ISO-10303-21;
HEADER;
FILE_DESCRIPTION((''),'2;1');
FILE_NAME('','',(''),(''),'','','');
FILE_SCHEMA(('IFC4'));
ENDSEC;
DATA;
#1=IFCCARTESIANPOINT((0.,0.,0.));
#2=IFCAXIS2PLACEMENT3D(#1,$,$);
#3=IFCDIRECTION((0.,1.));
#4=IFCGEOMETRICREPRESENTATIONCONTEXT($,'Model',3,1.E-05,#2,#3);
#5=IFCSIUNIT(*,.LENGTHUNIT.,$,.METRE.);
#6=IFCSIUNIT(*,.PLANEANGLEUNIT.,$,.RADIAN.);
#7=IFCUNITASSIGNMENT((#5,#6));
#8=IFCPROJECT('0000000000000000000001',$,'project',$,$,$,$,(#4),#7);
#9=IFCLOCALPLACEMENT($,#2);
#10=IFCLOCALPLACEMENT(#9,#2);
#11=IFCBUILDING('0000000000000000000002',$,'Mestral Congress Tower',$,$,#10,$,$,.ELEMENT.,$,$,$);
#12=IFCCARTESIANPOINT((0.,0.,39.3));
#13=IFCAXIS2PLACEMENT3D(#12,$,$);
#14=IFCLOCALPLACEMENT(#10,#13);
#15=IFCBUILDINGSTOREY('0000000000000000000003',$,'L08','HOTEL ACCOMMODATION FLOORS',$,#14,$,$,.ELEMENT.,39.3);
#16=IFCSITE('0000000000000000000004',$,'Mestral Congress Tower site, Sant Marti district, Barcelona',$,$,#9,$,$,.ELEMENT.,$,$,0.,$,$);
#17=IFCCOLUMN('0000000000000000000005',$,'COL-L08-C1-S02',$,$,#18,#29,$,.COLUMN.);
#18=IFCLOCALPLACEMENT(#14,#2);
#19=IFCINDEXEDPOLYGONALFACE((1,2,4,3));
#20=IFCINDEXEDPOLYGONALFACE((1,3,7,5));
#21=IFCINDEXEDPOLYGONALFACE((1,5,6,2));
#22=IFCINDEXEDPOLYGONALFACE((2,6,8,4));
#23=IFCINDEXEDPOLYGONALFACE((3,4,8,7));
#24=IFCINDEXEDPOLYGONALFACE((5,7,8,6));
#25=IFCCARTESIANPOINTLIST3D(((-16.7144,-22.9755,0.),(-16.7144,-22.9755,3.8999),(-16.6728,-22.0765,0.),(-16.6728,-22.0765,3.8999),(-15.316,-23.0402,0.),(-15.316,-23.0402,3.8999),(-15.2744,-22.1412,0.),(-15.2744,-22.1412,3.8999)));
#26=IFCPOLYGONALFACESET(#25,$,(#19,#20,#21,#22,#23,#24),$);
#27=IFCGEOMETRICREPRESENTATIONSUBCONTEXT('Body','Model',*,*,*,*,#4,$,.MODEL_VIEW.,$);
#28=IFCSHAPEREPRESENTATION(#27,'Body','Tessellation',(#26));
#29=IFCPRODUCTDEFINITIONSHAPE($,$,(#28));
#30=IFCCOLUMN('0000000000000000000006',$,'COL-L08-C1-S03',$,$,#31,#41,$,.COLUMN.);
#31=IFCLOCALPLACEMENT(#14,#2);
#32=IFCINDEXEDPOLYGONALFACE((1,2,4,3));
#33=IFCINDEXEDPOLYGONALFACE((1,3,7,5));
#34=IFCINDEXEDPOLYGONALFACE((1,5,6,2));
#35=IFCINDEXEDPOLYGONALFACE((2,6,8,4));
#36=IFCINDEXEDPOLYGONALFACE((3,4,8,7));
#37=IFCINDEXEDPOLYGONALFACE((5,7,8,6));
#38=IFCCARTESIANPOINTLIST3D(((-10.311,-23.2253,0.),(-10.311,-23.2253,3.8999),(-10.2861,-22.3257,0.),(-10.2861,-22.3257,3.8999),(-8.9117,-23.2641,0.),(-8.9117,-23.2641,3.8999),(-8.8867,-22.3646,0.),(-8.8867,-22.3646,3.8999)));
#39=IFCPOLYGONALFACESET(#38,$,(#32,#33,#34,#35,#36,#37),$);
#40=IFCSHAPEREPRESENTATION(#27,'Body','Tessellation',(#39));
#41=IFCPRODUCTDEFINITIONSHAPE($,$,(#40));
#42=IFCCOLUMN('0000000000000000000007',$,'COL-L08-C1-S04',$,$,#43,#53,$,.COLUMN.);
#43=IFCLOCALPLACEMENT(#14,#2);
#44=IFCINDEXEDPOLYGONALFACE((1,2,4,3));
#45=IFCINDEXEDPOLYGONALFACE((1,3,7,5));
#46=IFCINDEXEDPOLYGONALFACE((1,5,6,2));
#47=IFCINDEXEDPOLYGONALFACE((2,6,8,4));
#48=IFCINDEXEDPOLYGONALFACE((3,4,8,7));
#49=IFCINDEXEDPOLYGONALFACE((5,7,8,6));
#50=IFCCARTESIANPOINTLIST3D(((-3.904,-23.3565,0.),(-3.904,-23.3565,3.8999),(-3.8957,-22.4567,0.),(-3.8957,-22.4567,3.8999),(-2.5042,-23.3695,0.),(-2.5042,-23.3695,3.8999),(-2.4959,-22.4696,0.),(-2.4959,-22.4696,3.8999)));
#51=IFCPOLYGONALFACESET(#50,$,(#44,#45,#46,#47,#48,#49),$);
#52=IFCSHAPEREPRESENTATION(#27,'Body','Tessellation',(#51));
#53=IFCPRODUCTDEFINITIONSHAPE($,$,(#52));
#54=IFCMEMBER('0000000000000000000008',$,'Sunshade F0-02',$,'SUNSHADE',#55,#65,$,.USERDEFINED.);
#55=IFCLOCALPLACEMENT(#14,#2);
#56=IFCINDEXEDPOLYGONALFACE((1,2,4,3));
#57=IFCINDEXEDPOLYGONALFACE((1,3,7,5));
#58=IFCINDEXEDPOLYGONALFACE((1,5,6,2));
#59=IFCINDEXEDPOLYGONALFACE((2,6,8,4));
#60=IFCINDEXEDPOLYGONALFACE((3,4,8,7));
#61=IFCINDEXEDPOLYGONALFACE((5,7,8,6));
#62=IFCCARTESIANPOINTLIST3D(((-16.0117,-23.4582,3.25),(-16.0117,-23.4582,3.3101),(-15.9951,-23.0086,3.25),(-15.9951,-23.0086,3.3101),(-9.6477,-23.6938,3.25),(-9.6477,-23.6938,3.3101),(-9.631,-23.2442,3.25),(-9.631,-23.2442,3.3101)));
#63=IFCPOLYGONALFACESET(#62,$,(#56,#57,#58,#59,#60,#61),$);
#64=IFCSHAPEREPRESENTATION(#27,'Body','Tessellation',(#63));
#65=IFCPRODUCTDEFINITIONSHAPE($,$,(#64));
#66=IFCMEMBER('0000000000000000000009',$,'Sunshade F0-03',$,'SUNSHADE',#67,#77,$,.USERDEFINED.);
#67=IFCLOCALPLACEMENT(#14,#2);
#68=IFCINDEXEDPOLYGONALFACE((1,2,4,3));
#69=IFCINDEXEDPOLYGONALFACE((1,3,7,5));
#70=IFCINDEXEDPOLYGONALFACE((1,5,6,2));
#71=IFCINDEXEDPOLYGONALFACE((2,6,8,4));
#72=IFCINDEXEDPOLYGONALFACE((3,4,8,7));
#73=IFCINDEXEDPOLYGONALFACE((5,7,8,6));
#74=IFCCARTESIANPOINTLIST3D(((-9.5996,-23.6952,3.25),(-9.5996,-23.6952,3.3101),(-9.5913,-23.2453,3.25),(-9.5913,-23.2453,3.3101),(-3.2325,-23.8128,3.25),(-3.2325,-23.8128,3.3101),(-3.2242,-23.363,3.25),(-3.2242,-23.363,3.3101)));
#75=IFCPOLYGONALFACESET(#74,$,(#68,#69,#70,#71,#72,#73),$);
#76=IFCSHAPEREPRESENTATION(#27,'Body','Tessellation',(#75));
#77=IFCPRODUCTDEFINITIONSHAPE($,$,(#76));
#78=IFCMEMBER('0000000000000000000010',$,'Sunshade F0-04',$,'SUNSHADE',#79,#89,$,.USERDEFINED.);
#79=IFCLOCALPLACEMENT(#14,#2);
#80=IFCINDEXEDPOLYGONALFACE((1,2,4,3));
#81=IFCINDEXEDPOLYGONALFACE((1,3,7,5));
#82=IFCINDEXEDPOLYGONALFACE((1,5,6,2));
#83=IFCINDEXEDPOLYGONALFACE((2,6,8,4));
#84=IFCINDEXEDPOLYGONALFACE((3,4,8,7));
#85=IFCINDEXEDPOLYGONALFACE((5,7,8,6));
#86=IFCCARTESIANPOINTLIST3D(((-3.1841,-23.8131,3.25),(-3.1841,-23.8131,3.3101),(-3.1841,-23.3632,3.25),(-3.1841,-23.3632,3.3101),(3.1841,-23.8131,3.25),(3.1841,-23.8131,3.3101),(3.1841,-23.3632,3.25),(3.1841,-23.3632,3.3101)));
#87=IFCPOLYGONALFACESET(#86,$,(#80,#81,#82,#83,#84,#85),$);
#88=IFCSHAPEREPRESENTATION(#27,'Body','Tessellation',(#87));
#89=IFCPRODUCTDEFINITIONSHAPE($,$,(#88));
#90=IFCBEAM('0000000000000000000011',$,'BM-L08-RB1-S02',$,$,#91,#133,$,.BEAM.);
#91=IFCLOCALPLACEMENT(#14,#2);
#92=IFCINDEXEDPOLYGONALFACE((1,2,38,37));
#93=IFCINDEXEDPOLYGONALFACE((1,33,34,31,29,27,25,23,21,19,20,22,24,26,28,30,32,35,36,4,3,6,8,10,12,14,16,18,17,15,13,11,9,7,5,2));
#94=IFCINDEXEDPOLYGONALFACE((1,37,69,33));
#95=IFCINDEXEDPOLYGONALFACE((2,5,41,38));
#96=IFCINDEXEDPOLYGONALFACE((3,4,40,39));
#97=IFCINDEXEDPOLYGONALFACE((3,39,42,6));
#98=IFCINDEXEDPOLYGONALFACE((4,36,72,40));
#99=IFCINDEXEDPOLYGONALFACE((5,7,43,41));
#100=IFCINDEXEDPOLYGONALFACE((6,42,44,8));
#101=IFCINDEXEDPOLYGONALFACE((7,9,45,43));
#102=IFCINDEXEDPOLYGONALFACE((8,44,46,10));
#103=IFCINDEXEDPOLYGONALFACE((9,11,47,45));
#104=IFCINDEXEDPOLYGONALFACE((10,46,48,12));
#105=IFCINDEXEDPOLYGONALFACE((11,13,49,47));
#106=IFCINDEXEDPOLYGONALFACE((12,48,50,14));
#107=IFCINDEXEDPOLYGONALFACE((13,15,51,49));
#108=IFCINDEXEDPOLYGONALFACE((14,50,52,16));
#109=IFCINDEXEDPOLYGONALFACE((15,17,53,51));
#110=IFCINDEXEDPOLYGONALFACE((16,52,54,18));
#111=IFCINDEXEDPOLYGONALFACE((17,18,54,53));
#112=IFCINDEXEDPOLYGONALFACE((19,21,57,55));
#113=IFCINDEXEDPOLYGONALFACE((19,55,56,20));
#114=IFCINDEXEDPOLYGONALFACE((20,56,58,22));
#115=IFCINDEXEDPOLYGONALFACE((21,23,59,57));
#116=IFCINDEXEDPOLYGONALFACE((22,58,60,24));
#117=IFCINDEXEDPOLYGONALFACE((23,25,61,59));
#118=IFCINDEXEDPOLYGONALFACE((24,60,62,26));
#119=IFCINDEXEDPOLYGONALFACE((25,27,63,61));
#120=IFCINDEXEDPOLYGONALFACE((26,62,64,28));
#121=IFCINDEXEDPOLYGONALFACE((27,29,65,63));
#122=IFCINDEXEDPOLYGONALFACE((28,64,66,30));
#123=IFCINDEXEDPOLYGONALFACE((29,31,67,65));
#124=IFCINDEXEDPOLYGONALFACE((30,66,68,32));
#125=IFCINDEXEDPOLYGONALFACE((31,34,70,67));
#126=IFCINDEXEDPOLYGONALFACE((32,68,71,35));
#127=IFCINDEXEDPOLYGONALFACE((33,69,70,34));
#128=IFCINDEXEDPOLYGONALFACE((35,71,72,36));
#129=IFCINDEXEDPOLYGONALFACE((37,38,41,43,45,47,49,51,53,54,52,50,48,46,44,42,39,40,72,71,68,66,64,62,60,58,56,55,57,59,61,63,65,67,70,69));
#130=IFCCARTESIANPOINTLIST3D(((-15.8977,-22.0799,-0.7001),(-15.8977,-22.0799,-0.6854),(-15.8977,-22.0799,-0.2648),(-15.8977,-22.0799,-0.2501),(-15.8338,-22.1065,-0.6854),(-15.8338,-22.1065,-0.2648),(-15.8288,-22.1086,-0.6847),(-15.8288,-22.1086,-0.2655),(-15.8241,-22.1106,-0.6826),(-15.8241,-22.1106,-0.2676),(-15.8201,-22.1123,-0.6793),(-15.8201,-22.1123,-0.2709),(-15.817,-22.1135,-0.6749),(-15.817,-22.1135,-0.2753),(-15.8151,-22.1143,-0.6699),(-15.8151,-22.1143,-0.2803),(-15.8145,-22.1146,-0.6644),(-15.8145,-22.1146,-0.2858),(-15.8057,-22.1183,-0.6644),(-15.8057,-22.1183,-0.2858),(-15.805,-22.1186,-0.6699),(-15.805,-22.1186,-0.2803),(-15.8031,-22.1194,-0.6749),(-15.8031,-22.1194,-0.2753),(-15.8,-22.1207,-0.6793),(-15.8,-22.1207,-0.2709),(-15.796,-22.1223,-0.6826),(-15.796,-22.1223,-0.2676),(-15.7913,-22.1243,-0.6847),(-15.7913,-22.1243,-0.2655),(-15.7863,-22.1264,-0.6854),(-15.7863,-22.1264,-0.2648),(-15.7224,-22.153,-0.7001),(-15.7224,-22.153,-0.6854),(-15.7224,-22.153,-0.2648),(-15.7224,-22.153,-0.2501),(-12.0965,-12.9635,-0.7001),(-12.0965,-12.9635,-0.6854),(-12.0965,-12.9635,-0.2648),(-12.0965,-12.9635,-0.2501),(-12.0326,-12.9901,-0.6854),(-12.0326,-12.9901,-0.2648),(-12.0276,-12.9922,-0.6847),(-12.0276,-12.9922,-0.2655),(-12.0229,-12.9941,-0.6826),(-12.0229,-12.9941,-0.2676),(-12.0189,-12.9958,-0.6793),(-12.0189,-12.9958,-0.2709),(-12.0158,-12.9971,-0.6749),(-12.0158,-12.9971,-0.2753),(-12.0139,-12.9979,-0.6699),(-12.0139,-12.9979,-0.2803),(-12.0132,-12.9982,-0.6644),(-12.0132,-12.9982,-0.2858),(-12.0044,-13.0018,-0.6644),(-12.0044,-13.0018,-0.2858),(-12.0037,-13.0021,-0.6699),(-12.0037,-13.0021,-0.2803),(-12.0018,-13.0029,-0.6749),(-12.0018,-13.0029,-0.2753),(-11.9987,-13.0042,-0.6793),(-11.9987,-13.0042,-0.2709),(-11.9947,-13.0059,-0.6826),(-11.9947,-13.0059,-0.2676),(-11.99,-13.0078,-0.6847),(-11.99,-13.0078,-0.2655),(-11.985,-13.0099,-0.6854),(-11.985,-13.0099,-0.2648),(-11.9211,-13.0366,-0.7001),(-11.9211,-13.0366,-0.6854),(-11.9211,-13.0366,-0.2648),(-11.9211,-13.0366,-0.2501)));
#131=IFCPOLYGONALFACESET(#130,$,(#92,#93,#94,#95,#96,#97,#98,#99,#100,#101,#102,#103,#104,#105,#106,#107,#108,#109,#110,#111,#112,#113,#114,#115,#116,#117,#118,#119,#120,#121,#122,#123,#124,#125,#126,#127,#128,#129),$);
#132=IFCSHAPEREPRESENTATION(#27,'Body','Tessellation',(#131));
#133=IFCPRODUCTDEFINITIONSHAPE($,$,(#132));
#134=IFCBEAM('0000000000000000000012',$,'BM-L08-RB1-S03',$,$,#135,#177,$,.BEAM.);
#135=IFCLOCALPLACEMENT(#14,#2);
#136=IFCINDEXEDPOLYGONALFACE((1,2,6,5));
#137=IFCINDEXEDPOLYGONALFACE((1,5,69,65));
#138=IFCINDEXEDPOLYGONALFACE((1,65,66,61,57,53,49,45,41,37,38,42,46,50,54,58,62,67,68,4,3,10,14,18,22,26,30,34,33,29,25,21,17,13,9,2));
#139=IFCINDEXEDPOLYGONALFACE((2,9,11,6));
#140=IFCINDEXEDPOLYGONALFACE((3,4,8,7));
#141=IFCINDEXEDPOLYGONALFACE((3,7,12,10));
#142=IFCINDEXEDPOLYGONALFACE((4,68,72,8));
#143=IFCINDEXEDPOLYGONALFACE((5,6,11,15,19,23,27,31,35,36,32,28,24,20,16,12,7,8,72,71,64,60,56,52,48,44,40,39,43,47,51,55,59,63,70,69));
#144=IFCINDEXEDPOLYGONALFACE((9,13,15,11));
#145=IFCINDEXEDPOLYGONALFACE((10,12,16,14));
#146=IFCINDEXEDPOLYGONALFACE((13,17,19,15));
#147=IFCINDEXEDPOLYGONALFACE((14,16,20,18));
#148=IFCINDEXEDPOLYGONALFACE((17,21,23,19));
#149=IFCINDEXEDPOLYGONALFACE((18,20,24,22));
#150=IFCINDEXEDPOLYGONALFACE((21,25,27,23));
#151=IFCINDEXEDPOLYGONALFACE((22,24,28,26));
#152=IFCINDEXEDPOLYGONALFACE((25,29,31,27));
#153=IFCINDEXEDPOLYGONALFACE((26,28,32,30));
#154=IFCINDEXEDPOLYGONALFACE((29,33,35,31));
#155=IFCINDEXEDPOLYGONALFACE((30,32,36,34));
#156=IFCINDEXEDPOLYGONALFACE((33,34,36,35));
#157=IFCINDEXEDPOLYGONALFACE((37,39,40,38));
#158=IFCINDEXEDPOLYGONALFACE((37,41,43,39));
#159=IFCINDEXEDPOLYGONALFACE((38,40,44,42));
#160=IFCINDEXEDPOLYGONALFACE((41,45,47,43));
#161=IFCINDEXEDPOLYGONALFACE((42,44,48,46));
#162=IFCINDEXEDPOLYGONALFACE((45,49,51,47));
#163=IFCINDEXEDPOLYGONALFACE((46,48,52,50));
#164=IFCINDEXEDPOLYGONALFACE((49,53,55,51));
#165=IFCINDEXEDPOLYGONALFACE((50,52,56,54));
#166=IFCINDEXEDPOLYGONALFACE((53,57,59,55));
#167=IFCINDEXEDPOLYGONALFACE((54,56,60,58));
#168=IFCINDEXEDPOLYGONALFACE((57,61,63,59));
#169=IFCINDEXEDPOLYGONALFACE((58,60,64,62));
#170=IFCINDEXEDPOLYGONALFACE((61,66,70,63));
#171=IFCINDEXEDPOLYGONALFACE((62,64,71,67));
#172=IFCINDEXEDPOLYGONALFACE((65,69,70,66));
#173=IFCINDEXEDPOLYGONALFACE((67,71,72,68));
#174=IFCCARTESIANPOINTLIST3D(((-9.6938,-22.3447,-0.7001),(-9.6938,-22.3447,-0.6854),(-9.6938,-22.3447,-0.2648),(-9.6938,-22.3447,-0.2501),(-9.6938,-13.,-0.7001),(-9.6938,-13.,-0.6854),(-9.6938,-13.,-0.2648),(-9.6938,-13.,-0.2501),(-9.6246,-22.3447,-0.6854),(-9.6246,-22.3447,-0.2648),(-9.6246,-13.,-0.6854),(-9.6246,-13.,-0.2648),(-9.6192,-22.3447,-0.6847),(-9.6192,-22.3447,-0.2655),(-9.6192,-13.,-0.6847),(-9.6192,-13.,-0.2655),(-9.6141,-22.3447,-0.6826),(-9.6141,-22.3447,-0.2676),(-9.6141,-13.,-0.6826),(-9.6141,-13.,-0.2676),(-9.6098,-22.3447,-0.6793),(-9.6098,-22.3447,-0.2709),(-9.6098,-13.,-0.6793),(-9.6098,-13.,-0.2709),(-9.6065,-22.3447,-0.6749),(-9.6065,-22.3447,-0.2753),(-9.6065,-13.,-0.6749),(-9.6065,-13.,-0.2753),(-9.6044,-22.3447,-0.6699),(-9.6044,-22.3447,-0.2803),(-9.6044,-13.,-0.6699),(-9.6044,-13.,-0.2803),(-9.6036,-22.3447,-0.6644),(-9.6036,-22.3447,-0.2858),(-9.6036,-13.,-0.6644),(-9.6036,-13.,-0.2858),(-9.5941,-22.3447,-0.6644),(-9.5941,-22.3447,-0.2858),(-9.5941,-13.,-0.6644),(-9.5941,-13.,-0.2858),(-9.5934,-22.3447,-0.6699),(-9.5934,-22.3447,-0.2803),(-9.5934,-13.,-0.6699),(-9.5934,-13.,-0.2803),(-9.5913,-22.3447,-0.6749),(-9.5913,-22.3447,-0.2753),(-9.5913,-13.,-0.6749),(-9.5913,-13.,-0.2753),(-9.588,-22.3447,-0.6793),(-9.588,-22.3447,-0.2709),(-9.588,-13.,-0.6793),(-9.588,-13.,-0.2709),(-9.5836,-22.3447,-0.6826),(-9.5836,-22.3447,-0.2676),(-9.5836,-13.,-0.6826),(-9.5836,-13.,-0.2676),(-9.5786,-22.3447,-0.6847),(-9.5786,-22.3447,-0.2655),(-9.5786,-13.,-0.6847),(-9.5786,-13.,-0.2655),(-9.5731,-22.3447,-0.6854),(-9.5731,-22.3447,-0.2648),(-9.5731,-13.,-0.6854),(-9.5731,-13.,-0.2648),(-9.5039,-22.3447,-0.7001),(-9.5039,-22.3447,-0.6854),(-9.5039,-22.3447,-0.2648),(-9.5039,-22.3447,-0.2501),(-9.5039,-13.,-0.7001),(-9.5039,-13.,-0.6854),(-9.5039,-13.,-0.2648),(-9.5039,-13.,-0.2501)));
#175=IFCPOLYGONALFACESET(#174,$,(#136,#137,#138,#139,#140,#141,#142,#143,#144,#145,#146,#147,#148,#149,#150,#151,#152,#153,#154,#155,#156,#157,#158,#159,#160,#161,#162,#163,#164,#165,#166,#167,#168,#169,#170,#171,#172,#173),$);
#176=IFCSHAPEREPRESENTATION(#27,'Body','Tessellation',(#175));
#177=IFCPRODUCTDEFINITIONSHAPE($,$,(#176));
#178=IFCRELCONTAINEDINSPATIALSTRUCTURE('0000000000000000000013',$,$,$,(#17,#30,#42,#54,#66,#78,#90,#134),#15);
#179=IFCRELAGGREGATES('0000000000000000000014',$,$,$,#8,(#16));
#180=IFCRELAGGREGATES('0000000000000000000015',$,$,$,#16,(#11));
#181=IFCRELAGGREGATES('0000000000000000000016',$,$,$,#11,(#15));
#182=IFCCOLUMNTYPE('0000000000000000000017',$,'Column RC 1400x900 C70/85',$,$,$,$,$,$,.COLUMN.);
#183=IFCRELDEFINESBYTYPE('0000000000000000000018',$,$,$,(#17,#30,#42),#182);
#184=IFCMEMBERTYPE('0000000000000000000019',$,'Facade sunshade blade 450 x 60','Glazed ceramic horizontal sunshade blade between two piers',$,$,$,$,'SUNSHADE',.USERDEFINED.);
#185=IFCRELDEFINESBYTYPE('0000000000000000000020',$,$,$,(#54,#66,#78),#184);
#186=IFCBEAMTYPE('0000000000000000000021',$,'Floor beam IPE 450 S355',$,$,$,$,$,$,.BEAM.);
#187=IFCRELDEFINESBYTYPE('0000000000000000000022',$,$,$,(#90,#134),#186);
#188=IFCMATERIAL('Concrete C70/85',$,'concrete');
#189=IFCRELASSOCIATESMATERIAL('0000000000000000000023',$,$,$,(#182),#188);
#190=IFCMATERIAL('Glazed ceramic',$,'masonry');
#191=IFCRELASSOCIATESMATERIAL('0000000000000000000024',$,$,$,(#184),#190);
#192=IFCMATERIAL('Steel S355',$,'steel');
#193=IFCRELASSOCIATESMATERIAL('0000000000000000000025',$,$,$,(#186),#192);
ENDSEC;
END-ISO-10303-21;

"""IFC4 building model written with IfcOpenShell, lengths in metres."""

from ifc_helpers import new_model, si_unit, direction, frame, origin, origin_2d, place, context, subcontext, project, spatial, rectangle, i_section, extrude, material, material_profile, profile_set, type_object, element, save


model = new_model("IFC4")

# Units and contexts
model_context = context("Model", 3, precision=1e-05, world=origin(), true_north=direction((0.0, 1.0)))
body_context = subcontext(model_context, "Body", "Model", "MODEL_VIEW")
ifc_project = project(units=[si_unit("LENGTHUNIT", "METRE"), si_unit("PLANEANGLEUNIT", "RADIAN")], contexts=[model_context])

# Site, building, storey
site_placement = place(None, origin())
site = spatial("IfcSite", under=ifc_project, at=site_placement, Name="Mestral Congress Tower site, Sant Marti district, Barcelona", CompositionType="ELEMENT", RefElevation=0.0)
building_placement = place(site_placement, origin())
building = spatial("IfcBuilding", under=site, at=building_placement, Name="Mestral Congress Tower", CompositionType="ELEMENT")
storey_placement = place(building_placement, frame((0.0, 0.0, 39.3)))
storey = spatial("IfcBuildingStorey", under=building, at=storey_placement, Name="L08", Description="HOTEL ACCOMMODATION FLOORS", CompositionType="ELEMENT", Elevation=39.3)

# Columns
ifc_material_1 = material(Name="Concrete C70/85", Category="concrete")
ifc_material_profile_1 = material_profile(ifc_material_1, rectangle(XDim=1.3999, YDim=0.8999, at=origin_2d()), Name="RC 1400x900")
ifc_profile_set_1 = profile_set([ifc_material_profile_1], Name="Concrete C70/85")
column_type = type_object("IfcColumnType", Name="Column RC 1400x900 C70/85", PredefinedType="COLUMN", material=ifc_profile_set_1)
for number, where, z_axis, x_axis, name in (
    (1, (-15.9944, -22.5583, 0.0), (0.0, 0.0, 1.0), (0.998932, -0.0462, 0.0), "COL-L08-C1-S02"),
    (2, (-9.5989, -22.7949, 0.0), (0.0, 0.0, 1.0), (0.999616, -0.027726, 0.0), "COL-L08-C1-S03"),
    (3, (-3.2, -22.9131, 0.0), (0.0, 0.0, 1.0), (0.999957, -0.009243, 0.0), "COL-L08-C1-S04"),
):
    element("IfcColumn", number, at=place(storey_placement, frame(where, z_axis=z_axis, x_axis=x_axis)), inside=storey, type_object=column_type, Name=name, PredefinedType="COLUMN", context=body_context, shape_type="SweptSolid", body=[
        extrude(rectangle(XDim=1.3999, YDim=0.8999, at=origin_2d()), origin(), (0.0, 0.0, 1.0), 3.8999),
    ])

# Members
ifc_material_2 = material(Name="Glazed ceramic", Category="masonry")
ifc_material_profile_2 = material_profile(ifc_material_2, rectangle(XDim=0.45, YDim=0.0601, at=origin_2d()), Name="Ceramic blade 450 x 60")
ifc_profile_set_2 = profile_set([ifc_material_profile_2], Name="Glazed ceramic")
member_type = type_object("IfcMemberType", Name="Facade sunshade blade 450 x 60", Description="Glazed ceramic horizontal sunshade blade between two piers", ElementType="SUNSHADE", PredefinedType="USERDEFINED", material=ifc_profile_set_2)
member_placement = place(storey_placement, frame((-16.0034, -23.2334, 3.28), z_axis=(0.999315, -0.036995, 0.0), x_axis=(0.036995, 0.999315, 0.0)))
element("IfcMember", 4, at=member_placement, inside=storey, type_object=member_type, Name="Sunshade F0-02", ObjectType="SUNSHADE", PredefinedType="USERDEFINED", context=body_context, shape_type="SweptSolid", body=[
    extrude(rectangle(XDim=0.45, YDim=0.0601, at=origin_2d()), origin(), (0.0, 0.0, 1.0), 6.3684),
])
for number, where, z_axis, x_axis, name in (
    (5, (-9.5955, -23.4702, 3.28), (0.999829, -0.018478, 0.0), (0.018478, 0.999829, 0.0), "Sunshade F0-03"),
    (6, (-3.1841, -23.5881, 3.28), (1.0, 0.0, 0.0), (0.0, 1.0, 0.0), "Sunshade F0-04"),
):
    element("IfcMember", number, at=place(storey_placement, frame(where, z_axis=z_axis, x_axis=x_axis)), inside=storey, type_object=member_type, Name=name, ObjectType="SUNSHADE", PredefinedType="USERDEFINED", context=body_context, shape_type="SweptSolid", body=[
        extrude(rectangle(XDim=0.45, YDim=0.0601, at=origin_2d()), origin(), (0.0, 0.0, 1.0), 6.3682),
    ])

# Beams
ifc_material_3 = material(Name="Steel S355", Category="steel")
ifc_material_profile_3 = material_profile(ifc_material_3, i_section(OverallWidth=0.1899, OverallDepth=0.45, WebThickness=0.0095, FlangeThickness=0.0146, FilletRadius=0.021, at=origin_2d()), Name="IPE 450")
ifc_profile_set_3 = profile_set([ifc_material_profile_3], Name="Steel S355")
beam_type_1 = type_object("IfcBeamType", Name="Floor beam IPE 450 S355", PredefinedType="BEAM", material=ifc_profile_set_3)
beam_1_placement = place(storey_placement, frame((-15.8101, -22.1165, -0.4751), z_axis=(0.384852, 0.922978, 0.0), x_axis=(-0.922978, 0.384852, 0.0)))
element("IfcBeam", 7, at=beam_1_placement, inside=storey, type_object=beam_type_1, Name="BM-L08-RB1-S02", PredefinedType="BEAM", context=body_context, shape_type="SweptSolid", body=[
    extrude(i_section(OverallWidth=0.1899, OverallDepth=0.45, WebThickness=0.0095, FlangeThickness=0.0146, FilletRadius=0.021, at=origin_2d()), origin(), (0.0, 0.0, 1.0), 9.8772),
])
beam_2_placement = place(storey_placement, frame((-9.5989, -22.3447, -0.4751), z_axis=(0.0, 1.0, 0.0), x_axis=(-1.0, 0.0, 0.0)))
element("IfcBeam", 8, at=beam_2_placement, inside=storey, type_object=beam_type_1, Name="BM-L08-RB1-S03", PredefinedType="BEAM", context=body_context, shape_type="SweptSolid", body=[
    extrude(i_section(OverallWidth=0.1899, OverallDepth=0.45, WebThickness=0.0095, FlangeThickness=0.0146, FilletRadius=0.021, at=origin_2d()), origin(), (0.0, 0.0, 1.0), 9.3447),
])

save(model, "model.ifc")
